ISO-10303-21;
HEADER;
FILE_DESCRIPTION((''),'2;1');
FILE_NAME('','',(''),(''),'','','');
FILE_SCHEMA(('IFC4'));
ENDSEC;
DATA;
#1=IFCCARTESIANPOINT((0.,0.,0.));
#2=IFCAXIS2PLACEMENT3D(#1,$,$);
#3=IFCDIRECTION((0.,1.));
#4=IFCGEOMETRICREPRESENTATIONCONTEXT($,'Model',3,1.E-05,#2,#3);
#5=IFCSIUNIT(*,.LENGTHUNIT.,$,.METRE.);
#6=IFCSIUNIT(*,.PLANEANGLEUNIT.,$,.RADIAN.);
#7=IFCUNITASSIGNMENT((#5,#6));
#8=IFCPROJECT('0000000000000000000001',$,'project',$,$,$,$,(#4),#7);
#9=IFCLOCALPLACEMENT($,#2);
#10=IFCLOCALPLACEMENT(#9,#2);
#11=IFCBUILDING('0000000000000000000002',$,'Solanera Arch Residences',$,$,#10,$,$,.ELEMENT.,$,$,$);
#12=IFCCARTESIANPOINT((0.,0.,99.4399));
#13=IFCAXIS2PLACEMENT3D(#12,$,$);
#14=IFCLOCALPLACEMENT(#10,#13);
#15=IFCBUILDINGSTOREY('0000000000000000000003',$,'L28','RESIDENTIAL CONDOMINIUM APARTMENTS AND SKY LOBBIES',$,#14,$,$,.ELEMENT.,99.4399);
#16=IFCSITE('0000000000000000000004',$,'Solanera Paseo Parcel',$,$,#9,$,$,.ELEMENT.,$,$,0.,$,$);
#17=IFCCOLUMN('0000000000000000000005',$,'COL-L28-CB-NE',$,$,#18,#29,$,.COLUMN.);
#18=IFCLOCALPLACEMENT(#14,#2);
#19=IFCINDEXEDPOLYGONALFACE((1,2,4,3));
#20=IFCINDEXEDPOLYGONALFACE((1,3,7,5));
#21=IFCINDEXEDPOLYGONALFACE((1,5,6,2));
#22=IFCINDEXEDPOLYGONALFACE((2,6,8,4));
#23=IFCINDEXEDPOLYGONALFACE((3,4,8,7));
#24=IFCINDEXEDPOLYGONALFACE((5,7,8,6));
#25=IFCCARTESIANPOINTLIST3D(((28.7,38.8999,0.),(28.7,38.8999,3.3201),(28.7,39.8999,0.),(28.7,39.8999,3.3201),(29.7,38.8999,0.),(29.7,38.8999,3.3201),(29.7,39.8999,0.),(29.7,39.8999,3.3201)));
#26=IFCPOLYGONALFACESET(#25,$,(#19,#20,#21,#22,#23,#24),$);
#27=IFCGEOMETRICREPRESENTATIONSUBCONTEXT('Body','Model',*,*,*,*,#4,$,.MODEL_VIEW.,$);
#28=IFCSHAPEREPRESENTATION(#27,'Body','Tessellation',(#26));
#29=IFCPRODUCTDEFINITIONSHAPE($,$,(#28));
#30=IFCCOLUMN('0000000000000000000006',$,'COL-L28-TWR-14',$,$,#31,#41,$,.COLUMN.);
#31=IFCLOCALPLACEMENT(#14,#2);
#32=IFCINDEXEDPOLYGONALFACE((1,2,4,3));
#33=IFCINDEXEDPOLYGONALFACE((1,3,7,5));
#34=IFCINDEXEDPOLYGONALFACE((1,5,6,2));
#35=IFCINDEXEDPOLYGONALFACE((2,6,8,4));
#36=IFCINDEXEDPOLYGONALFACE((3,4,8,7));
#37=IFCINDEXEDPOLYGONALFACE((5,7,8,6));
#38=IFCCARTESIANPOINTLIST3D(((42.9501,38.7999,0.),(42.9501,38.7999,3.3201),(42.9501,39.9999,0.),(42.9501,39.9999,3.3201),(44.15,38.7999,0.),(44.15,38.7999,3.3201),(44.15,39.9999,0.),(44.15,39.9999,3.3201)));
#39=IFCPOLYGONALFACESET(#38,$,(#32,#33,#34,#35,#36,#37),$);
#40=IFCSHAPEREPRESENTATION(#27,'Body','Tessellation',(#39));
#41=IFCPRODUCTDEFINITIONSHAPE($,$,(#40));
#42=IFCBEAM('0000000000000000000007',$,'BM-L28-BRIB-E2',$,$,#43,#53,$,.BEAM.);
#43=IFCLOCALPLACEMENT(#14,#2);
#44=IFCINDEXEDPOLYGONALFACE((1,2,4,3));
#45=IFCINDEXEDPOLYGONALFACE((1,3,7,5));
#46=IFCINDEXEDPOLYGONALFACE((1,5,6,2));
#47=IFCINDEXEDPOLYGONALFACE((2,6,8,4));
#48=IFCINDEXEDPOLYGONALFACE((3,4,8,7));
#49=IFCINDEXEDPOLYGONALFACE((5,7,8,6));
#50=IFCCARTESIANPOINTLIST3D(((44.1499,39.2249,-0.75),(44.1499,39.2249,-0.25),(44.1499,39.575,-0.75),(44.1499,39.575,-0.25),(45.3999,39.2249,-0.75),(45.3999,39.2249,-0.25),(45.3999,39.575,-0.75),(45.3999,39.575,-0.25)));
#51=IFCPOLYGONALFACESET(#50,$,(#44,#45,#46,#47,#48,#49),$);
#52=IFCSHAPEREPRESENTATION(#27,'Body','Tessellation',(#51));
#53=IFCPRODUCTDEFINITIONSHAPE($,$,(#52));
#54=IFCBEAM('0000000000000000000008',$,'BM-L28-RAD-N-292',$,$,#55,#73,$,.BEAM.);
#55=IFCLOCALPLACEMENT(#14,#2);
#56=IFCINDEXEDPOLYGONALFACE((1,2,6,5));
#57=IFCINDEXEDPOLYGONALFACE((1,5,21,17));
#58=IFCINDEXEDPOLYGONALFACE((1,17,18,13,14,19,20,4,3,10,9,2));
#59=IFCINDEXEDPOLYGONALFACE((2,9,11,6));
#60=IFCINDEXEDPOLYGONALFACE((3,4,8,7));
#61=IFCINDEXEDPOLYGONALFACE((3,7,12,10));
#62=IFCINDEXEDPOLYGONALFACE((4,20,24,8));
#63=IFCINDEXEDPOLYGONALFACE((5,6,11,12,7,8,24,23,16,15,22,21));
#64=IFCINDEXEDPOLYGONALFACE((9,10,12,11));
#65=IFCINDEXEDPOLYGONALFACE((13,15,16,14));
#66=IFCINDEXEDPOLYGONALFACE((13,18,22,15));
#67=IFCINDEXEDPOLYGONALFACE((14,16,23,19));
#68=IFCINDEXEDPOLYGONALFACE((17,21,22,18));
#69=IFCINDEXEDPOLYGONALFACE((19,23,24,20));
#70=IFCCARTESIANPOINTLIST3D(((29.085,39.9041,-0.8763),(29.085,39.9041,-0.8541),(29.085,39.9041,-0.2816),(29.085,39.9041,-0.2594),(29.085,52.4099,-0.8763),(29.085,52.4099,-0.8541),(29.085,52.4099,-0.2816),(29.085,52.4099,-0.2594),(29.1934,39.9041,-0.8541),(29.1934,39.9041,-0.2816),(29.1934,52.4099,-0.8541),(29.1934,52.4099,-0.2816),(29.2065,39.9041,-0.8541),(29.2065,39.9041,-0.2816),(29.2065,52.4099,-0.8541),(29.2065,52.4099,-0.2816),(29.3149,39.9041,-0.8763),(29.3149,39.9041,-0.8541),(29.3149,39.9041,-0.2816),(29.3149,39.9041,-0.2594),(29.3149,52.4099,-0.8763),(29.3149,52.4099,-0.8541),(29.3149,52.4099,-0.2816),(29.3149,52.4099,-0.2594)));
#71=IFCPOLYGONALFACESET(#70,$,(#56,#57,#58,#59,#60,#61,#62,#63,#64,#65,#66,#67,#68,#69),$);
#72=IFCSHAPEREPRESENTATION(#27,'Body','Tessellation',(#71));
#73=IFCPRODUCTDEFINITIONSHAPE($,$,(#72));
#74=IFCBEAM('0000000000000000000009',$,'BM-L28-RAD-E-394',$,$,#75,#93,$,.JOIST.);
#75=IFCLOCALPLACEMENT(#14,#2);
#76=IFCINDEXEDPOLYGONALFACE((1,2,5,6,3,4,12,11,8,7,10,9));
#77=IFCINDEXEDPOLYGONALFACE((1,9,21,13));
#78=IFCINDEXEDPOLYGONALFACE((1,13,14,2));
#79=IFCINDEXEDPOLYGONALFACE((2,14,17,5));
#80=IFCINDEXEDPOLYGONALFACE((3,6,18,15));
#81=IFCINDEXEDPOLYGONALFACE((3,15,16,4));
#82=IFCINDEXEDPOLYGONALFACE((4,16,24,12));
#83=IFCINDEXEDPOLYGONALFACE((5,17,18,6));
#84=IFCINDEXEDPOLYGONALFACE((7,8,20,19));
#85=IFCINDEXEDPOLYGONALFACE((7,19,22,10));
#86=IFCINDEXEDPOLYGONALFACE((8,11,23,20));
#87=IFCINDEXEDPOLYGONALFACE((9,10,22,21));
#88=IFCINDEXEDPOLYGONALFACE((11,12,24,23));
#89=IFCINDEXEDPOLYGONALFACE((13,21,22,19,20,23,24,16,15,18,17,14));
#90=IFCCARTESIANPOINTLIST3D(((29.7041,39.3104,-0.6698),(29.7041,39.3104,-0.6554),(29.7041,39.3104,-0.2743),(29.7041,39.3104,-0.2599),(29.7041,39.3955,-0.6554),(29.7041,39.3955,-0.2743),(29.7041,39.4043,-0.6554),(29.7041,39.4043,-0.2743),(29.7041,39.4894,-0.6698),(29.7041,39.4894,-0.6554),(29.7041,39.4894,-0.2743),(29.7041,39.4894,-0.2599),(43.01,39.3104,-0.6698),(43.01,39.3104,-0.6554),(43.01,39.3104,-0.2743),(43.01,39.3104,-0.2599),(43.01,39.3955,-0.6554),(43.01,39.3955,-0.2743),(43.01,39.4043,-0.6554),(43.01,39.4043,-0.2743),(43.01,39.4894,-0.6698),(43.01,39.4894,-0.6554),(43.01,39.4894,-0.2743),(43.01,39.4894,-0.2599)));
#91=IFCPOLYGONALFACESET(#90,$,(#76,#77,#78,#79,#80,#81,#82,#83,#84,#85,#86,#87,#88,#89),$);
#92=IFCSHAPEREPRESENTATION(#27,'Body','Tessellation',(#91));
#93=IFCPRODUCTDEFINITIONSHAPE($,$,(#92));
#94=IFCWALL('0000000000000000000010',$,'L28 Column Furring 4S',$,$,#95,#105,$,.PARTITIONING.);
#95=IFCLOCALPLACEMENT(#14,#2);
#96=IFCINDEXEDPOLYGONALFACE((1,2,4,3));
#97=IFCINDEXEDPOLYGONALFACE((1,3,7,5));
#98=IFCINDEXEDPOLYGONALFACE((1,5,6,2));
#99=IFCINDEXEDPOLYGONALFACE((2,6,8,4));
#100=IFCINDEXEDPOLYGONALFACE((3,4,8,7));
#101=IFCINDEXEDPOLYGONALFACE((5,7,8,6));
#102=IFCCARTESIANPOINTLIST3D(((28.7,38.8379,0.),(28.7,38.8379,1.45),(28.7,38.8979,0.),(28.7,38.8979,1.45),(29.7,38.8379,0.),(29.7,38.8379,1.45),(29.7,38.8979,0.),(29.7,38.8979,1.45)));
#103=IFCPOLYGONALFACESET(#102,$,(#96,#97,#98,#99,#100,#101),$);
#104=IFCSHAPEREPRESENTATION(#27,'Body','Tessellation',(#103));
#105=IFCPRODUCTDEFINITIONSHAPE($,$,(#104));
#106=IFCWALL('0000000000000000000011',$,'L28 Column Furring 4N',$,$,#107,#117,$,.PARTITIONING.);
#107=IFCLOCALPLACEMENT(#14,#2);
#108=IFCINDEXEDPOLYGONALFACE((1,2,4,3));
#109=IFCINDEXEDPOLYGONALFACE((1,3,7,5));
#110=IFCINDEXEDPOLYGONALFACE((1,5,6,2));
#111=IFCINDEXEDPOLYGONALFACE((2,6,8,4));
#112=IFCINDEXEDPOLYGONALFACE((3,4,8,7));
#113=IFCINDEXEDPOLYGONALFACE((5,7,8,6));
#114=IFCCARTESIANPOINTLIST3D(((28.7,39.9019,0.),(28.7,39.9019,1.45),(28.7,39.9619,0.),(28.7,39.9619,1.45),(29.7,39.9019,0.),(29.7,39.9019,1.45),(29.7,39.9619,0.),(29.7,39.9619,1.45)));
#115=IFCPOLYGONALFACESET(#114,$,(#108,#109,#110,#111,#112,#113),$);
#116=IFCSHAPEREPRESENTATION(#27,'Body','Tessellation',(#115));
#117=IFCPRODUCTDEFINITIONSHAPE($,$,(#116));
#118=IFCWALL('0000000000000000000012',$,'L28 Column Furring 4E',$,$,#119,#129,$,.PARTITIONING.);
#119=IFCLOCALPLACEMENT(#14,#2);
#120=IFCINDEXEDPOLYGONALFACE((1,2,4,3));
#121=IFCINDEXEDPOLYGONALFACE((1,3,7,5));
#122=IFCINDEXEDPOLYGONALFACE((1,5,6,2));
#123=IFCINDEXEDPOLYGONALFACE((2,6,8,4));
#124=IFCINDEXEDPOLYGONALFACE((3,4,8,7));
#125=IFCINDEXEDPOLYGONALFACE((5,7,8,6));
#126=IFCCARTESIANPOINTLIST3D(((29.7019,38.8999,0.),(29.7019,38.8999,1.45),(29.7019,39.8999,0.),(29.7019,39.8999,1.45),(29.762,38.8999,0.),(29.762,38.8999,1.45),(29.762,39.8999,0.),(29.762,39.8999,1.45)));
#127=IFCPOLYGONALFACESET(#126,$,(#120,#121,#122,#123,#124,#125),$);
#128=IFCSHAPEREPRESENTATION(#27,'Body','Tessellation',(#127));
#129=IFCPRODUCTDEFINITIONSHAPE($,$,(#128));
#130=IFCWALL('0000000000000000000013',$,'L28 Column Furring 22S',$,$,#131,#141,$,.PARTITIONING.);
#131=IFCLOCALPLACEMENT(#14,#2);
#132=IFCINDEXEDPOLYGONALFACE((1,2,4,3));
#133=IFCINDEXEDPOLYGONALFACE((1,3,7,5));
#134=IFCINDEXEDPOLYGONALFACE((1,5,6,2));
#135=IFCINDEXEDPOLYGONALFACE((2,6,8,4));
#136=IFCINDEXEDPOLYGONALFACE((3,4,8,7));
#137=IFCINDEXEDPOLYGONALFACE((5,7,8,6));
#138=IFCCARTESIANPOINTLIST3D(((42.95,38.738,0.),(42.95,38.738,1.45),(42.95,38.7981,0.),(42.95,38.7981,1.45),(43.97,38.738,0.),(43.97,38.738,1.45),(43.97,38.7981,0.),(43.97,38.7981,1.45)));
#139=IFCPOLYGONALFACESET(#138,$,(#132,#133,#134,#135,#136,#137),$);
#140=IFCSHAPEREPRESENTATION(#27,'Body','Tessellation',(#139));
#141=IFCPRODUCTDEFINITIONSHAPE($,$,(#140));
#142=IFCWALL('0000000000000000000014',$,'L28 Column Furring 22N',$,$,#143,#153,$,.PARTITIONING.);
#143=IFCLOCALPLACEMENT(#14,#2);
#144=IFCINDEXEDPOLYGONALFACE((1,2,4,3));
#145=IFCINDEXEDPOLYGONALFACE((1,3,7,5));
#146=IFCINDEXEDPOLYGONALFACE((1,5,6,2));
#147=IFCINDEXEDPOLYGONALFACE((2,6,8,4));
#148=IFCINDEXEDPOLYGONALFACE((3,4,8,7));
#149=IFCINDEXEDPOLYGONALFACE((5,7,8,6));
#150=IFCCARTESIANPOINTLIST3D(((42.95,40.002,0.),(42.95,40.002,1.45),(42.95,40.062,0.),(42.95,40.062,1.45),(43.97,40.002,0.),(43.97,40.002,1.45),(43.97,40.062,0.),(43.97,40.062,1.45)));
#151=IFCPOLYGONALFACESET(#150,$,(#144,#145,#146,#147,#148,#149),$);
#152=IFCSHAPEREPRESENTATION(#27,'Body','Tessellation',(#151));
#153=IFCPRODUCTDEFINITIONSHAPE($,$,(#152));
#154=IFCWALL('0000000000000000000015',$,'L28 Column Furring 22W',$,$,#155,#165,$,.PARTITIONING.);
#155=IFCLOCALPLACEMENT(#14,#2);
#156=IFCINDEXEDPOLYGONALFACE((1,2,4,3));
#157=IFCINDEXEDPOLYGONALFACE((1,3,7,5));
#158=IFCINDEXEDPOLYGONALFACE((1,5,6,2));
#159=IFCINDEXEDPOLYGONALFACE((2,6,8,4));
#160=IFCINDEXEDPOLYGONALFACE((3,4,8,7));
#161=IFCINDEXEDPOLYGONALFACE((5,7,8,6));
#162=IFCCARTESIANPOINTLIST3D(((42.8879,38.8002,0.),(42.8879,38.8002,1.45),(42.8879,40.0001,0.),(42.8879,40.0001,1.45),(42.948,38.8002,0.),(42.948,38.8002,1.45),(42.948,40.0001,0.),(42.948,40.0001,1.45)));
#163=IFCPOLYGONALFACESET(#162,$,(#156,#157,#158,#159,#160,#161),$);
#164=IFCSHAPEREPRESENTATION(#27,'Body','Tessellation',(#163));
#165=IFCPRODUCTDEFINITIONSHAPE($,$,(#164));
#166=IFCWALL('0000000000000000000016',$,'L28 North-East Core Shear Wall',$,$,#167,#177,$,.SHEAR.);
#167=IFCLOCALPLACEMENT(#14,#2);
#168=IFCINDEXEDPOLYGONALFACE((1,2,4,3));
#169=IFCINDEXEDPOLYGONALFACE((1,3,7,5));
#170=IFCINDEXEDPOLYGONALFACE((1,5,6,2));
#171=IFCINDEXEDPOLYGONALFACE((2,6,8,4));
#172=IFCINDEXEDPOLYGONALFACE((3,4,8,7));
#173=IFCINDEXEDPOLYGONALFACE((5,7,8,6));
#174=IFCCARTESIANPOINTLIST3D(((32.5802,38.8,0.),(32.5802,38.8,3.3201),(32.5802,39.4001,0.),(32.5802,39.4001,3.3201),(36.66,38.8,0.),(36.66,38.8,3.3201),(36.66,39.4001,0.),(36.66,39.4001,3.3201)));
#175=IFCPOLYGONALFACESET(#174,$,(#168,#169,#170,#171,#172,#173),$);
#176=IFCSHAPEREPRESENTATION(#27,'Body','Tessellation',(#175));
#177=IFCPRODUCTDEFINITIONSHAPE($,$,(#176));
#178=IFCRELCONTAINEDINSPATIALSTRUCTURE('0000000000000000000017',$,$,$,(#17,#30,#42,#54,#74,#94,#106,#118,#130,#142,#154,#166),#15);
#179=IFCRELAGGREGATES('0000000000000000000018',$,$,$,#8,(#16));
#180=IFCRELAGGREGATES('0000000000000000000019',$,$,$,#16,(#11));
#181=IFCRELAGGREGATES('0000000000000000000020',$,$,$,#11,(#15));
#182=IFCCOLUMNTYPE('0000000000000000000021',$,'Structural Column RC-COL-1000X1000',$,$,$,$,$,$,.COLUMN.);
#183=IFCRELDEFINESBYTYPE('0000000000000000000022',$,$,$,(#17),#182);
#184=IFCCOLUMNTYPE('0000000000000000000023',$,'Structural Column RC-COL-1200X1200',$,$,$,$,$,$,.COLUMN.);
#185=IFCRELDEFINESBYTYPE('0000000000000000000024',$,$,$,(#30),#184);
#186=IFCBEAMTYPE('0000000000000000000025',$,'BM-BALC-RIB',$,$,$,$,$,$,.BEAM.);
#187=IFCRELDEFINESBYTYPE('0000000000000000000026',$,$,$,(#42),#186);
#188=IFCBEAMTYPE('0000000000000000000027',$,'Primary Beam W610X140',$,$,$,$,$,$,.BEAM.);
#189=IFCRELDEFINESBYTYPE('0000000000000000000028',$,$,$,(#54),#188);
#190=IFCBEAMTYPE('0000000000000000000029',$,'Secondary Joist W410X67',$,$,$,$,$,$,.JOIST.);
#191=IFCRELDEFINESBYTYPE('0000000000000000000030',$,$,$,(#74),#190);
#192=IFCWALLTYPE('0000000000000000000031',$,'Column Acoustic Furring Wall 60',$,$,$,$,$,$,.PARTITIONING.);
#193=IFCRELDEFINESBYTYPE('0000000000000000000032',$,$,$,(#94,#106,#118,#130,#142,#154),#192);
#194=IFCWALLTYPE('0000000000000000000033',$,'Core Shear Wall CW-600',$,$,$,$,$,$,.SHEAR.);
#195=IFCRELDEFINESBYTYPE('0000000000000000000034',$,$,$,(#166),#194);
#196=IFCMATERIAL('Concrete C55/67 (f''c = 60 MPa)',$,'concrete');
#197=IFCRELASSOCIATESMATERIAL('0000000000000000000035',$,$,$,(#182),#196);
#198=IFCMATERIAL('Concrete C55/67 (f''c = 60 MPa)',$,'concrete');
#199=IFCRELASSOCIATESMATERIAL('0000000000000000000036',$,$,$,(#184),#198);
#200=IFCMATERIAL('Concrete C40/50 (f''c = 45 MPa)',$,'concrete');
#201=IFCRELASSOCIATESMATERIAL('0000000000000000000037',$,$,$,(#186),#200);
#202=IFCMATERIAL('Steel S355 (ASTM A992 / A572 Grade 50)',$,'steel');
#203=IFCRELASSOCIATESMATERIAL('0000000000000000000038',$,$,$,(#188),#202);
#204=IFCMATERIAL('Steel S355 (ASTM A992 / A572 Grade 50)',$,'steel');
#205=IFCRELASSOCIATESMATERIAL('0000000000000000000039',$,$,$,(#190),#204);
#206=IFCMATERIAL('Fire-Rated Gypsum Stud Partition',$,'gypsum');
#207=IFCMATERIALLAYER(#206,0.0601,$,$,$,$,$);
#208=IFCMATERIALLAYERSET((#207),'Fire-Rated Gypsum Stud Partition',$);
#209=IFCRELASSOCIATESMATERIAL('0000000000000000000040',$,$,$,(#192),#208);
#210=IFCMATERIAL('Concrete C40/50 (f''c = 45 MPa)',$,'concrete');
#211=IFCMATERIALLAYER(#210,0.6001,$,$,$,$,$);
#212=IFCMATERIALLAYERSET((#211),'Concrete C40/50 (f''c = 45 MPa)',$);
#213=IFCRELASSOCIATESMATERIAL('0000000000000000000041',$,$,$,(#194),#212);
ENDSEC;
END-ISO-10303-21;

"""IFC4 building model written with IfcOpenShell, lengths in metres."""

from ifc_helpers import new_model, si_unit, direction, frame, frame_2d, origin, origin_2d, place, context, subcontext, project, spatial, rectangle, i_section, extrude, material, layer, layer_set, material_profile, profile_set, type_object, element, save


model = new_model("IFC4")

# Units and contexts
model_context = context("Model", 3, precision=1e-05, world=origin(), true_north=direction((0.0, 1.0)))
body_context = subcontext(model_context, "Body", "Model", "MODEL_VIEW")
ifc_project = project(units=[si_unit("LENGTHUNIT", "METRE"), si_unit("PLANEANGLEUNIT", "RADIAN")], contexts=[model_context])

# Site, building, storey
site_placement = place(None, origin())
site = spatial("IfcSite", under=ifc_project, at=site_placement, Name="Solanera Paseo Parcel", CompositionType="ELEMENT", RefElevation=0.0)
building_placement = place(site_placement, origin())
building = spatial("IfcBuilding", under=site, at=building_placement, Name="Solanera Arch Residences", CompositionType="ELEMENT")
storey_placement = place(building_placement, frame((0.0, 0.0, 99.4399)))
storey = spatial("IfcBuildingStorey", under=building, at=storey_placement, Name="L28", Description="RESIDENTIAL CONDOMINIUM APARTMENTS AND SKY LOBBIES", CompositionType="ELEMENT", Elevation=99.4399)

# Columns
ifc_material_1 = material(Name="Concrete C55/67 (f'c = 60 MPa)", Category="concrete")
ifc_material_profile_1 = material_profile(ifc_material_1, rectangle(XDim=1.0, YDim=1.0, at=origin_2d()))
ifc_profile_set_1 = profile_set([ifc_material_profile_1], Name="Concrete C55/67 (f'c = 60 MPa)")
column_type_1 = type_object("IfcColumnType", Name="Structural Column RC-COL-1000X1000", PredefinedType="COLUMN", material=ifc_profile_set_1)
column_1_placement = place(storey_placement, frame((29.2, 39.3999, 0.0), z_axis=(0.0, 0.0, 1.0), x_axis=(1.0, 0.0, 0.0)))
element("IfcColumn", 1, at=column_1_placement, inside=storey, type_object=column_type_1, Name="COL-L28-CB-NE", PredefinedType="COLUMN", context=body_context, shape_type="SweptSolid", body=[
    extrude(rectangle(XDim=1.0, YDim=1.0, at=origin_2d()), origin(), (0.0, 0.0, 1.0), 3.3201),
])
ifc_material_2 = material(Name="Concrete C55/67 (f'c = 60 MPa)", Category="concrete")
ifc_material_profile_2 = material_profile(ifc_material_2, rectangle(XDim=1.2, YDim=1.2, at=origin_2d()))
ifc_profile_set_2 = profile_set([ifc_material_profile_2], Name="Concrete C55/67 (f'c = 60 MPa)")
column_type_2 = type_object("IfcColumnType", Name="Structural Column RC-COL-1200X1200", PredefinedType="COLUMN", material=ifc_profile_set_2)
column_2_placement = place(storey_placement, frame((43.55, 39.3999, 0.0), z_axis=(0.0, 0.0, 1.0), x_axis=(1.0, 0.0, 0.0)))
element("IfcColumn", 2, at=column_2_placement, inside=storey, type_object=column_type_2, Name="COL-L28-TWR-14", PredefinedType="COLUMN", context=body_context, shape_type="SweptSolid", body=[
    extrude(rectangle(XDim=1.2, YDim=1.2, at=origin_2d()), origin(), (0.0, 0.0, 1.0), 3.3201),
])

# Beams
ifc_material_3 = material(Name="Concrete C40/50 (f'c = 45 MPa)", Category="concrete")
ifc_material_profile_3 = material_profile(ifc_material_3, rectangle(XDim=0.3501, YDim=0.5, at=origin_2d()))
ifc_profile_set_3 = profile_set([ifc_material_profile_3], Name="Concrete C40/50 (f'c = 45 MPa)")
beam_type_1 = type_object("IfcBeamType", Name="BM-BALC-RIB", PredefinedType="BEAM", material=ifc_profile_set_3)
beam_1_placement = place(storey_placement, frame((44.1499, 39.3999, -0.5), z_axis=(1.0, 0.0, 0.0), x_axis=(0.0, 1.0, 0.0)))
element("IfcBeam", 3, at=beam_1_placement, inside=storey, type_object=beam_type_1, Name="BM-L28-BRIB-E2", PredefinedType="BEAM", context=body_context, shape_type="SweptSolid", body=[
    extrude(rectangle(XDim=0.3501, YDim=0.5, at=origin_2d()), origin(), (0.0, 0.0, 1.0), 1.25),
])
ifc_material_4 = material(Name="Steel S355 (ASTM A992 / A572 Grade 50)", Category="steel")
ifc_material_profile_4 = material_profile(ifc_material_4, i_section(OverallWidth=0.23, OverallDepth=0.6169, WebThickness=0.0132, FlangeThickness=0.0222, at=origin_2d()))
ifc_profile_set_4 = profile_set([ifc_material_profile_4], Name="Steel S355 (ASTM A992 / A572 Grade 50)")
beam_type_2 = type_object("IfcBeamType", Name="Primary Beam W610X140", PredefinedType="BEAM", material=ifc_profile_set_4)
beam_2_placement = place(storey_placement, frame((29.2, 39.9041, -0.5679), z_axis=(0.0, 1.0, 0.0), x_axis=(-1.0, 0.0, 0.0)))
element("IfcBeam", 4, at=beam_2_placement, inside=storey, type_object=beam_type_2, Name="BM-L28-RAD-N-292", PredefinedType="BEAM", context=body_context, shape_type="SweptSolid", body=[
    extrude(i_section(OverallWidth=0.23, OverallDepth=0.6169, WebThickness=0.0132, FlangeThickness=0.0222, at=origin_2d()), origin(), (0.0, 0.0, 1.0), 12.5059),
])
ifc_material_5 = material(Name="Steel S355 (ASTM A992 / A572 Grade 50)", Category="steel")
ifc_material_profile_5 = material_profile(ifc_material_5, i_section(OverallWidth=0.179, OverallDepth=0.4099, WebThickness=0.0088, FlangeThickness=0.0144, at=origin_2d()))
ifc_profile_set_5 = profile_set([ifc_material_profile_5], Name="Steel S355 (ASTM A992 / A572 Grade 50)")
beam_type_3 = type_object("IfcBeamType", Name="Secondary Joist W410X67", PredefinedType="JOIST", material=ifc_profile_set_5)
beam_3_placement = place(storey_placement, frame((29.7041, 39.3999, -0.4648), z_axis=(1.0, 0.0, 0.0), x_axis=(0.0, 1.0, 0.0)))
element("IfcBeam", 5, at=beam_3_placement, inside=storey, type_object=beam_type_3, Name="BM-L28-RAD-E-394", PredefinedType="JOIST", context=body_context, shape_type="SweptSolid", body=[
    extrude(i_section(OverallWidth=0.179, OverallDepth=0.4099, WebThickness=0.0088, FlangeThickness=0.0144, at=origin_2d()), origin(), (0.0, 0.0, 1.0), 13.3059),
])

# Walls
ifc_material_6 = material(Name="Fire-Rated Gypsum Stud Partition", Category="gypsum")
ifc_layer_1 = layer(ifc_material_6, 0.0601)
ifc_layer_set_1 = layer_set([ifc_layer_1], Name="Fire-Rated Gypsum Stud Partition")
wall_type_1 = type_object("IfcWallType", Name="Column Acoustic Furring Wall 60", PredefinedType="PARTITIONING", material=ifc_layer_set_1)
for number, where, z_axis, x_axis, name in (
    (6, (28.7, 38.8679, 0.0), (0.0, 0.0, 1.0), (1.0, 0.0, 0.0), "L28 Column Furring 4S"),
    (7, (28.7, 39.9319, 0.0), (0.0, 0.0, 1.0), (1.0, 0.0, 0.0), "L28 Column Furring 4N"),
    (8, (29.7319, 38.8999, 0.0), (0.0, 0.0, 1.0), (0.0, 1.0, 0.0), "L28 Column Furring 4E"),
):
    element("IfcWall", number, at=place(storey_placement, frame(where, z_axis=z_axis, x_axis=x_axis)), inside=storey, type_object=wall_type_1, Name=name, PredefinedType="PARTITIONING", context=body_context, shape_type="SweptSolid", body=[
        extrude(rectangle(XDim=1.0, YDim=0.0601, at=frame_2d((0.5, 0.0))), origin(), (0.0, 0.0, 1.0), 1.45),
    ])
for number, where, z_axis, x_axis, name in (
    (9, (42.95, 38.7681, 0.0), (0.0, 0.0, 1.0), (1.0, 0.0, 0.0), "L28 Column Furring 22S"),
    (10, (42.95, 40.032, 0.0), (0.0, 0.0, 1.0), (1.0, 0.0, 0.0), "L28 Column Furring 22N"),
):
    element("IfcWall", number, at=place(storey_placement, frame(where, z_axis=z_axis, x_axis=x_axis)), inside=storey, type_object=wall_type_1, Name=name, PredefinedType="PARTITIONING", context=body_context, shape_type="SweptSolid", body=[
        extrude(rectangle(XDim=1.02, YDim=0.0601, at=frame_2d((0.51, 0.0))), origin(), (0.0, 0.0, 1.0), 1.45),
    ])
wall_1_placement = place(storey_placement, frame((42.918, 38.8, 0.0), z_axis=(0.0, 0.0, 1.0), x_axis=(0.0, 1.0, 0.0)))
element("IfcWall", 11, at=wall_1_placement, inside=storey, type_object=wall_type_1, Name="L28 Column Furring 22W", PredefinedType="PARTITIONING", context=body_context, shape_type="SweptSolid", body=[
    extrude(rectangle(XDim=1.2, YDim=0.0601, at=frame_2d((0.6001, 0.0))), origin(), (0.0, 0.0, 1.0), 1.45),
])
ifc_material_7 = material(Name="Concrete C40/50 (f'c = 45 MPa)", Category="concrete")
ifc_layer_2 = layer(ifc_material_7, 0.6001)
ifc_layer_set_2 = layer_set([ifc_layer_2], Name="Concrete C40/50 (f'c = 45 MPa)")
wall_type_2 = type_object("IfcWallType", Name="Core Shear Wall CW-600", PredefinedType="SHEAR", material=ifc_layer_set_2)
wall_2_placement = place(storey_placement, frame((32.5801, 39.1001, 0.0), z_axis=(0.0, 0.0, 1.0), x_axis=(1.0, 0.0, 0.0)))
element("IfcWall", 12, at=wall_2_placement, inside=storey, type_object=wall_type_2, Name="L28 North-East Core Shear Wall", PredefinedType="SHEAR", context=body_context, shape_type="SweptSolid", body=[
    extrude(rectangle(XDim=4.0798, YDim=0.6001, at=frame_2d((2.04, 0.0))), origin(), (0.0, 0.0, 1.0), 3.3201),
])

save(model, "model.ifc")
